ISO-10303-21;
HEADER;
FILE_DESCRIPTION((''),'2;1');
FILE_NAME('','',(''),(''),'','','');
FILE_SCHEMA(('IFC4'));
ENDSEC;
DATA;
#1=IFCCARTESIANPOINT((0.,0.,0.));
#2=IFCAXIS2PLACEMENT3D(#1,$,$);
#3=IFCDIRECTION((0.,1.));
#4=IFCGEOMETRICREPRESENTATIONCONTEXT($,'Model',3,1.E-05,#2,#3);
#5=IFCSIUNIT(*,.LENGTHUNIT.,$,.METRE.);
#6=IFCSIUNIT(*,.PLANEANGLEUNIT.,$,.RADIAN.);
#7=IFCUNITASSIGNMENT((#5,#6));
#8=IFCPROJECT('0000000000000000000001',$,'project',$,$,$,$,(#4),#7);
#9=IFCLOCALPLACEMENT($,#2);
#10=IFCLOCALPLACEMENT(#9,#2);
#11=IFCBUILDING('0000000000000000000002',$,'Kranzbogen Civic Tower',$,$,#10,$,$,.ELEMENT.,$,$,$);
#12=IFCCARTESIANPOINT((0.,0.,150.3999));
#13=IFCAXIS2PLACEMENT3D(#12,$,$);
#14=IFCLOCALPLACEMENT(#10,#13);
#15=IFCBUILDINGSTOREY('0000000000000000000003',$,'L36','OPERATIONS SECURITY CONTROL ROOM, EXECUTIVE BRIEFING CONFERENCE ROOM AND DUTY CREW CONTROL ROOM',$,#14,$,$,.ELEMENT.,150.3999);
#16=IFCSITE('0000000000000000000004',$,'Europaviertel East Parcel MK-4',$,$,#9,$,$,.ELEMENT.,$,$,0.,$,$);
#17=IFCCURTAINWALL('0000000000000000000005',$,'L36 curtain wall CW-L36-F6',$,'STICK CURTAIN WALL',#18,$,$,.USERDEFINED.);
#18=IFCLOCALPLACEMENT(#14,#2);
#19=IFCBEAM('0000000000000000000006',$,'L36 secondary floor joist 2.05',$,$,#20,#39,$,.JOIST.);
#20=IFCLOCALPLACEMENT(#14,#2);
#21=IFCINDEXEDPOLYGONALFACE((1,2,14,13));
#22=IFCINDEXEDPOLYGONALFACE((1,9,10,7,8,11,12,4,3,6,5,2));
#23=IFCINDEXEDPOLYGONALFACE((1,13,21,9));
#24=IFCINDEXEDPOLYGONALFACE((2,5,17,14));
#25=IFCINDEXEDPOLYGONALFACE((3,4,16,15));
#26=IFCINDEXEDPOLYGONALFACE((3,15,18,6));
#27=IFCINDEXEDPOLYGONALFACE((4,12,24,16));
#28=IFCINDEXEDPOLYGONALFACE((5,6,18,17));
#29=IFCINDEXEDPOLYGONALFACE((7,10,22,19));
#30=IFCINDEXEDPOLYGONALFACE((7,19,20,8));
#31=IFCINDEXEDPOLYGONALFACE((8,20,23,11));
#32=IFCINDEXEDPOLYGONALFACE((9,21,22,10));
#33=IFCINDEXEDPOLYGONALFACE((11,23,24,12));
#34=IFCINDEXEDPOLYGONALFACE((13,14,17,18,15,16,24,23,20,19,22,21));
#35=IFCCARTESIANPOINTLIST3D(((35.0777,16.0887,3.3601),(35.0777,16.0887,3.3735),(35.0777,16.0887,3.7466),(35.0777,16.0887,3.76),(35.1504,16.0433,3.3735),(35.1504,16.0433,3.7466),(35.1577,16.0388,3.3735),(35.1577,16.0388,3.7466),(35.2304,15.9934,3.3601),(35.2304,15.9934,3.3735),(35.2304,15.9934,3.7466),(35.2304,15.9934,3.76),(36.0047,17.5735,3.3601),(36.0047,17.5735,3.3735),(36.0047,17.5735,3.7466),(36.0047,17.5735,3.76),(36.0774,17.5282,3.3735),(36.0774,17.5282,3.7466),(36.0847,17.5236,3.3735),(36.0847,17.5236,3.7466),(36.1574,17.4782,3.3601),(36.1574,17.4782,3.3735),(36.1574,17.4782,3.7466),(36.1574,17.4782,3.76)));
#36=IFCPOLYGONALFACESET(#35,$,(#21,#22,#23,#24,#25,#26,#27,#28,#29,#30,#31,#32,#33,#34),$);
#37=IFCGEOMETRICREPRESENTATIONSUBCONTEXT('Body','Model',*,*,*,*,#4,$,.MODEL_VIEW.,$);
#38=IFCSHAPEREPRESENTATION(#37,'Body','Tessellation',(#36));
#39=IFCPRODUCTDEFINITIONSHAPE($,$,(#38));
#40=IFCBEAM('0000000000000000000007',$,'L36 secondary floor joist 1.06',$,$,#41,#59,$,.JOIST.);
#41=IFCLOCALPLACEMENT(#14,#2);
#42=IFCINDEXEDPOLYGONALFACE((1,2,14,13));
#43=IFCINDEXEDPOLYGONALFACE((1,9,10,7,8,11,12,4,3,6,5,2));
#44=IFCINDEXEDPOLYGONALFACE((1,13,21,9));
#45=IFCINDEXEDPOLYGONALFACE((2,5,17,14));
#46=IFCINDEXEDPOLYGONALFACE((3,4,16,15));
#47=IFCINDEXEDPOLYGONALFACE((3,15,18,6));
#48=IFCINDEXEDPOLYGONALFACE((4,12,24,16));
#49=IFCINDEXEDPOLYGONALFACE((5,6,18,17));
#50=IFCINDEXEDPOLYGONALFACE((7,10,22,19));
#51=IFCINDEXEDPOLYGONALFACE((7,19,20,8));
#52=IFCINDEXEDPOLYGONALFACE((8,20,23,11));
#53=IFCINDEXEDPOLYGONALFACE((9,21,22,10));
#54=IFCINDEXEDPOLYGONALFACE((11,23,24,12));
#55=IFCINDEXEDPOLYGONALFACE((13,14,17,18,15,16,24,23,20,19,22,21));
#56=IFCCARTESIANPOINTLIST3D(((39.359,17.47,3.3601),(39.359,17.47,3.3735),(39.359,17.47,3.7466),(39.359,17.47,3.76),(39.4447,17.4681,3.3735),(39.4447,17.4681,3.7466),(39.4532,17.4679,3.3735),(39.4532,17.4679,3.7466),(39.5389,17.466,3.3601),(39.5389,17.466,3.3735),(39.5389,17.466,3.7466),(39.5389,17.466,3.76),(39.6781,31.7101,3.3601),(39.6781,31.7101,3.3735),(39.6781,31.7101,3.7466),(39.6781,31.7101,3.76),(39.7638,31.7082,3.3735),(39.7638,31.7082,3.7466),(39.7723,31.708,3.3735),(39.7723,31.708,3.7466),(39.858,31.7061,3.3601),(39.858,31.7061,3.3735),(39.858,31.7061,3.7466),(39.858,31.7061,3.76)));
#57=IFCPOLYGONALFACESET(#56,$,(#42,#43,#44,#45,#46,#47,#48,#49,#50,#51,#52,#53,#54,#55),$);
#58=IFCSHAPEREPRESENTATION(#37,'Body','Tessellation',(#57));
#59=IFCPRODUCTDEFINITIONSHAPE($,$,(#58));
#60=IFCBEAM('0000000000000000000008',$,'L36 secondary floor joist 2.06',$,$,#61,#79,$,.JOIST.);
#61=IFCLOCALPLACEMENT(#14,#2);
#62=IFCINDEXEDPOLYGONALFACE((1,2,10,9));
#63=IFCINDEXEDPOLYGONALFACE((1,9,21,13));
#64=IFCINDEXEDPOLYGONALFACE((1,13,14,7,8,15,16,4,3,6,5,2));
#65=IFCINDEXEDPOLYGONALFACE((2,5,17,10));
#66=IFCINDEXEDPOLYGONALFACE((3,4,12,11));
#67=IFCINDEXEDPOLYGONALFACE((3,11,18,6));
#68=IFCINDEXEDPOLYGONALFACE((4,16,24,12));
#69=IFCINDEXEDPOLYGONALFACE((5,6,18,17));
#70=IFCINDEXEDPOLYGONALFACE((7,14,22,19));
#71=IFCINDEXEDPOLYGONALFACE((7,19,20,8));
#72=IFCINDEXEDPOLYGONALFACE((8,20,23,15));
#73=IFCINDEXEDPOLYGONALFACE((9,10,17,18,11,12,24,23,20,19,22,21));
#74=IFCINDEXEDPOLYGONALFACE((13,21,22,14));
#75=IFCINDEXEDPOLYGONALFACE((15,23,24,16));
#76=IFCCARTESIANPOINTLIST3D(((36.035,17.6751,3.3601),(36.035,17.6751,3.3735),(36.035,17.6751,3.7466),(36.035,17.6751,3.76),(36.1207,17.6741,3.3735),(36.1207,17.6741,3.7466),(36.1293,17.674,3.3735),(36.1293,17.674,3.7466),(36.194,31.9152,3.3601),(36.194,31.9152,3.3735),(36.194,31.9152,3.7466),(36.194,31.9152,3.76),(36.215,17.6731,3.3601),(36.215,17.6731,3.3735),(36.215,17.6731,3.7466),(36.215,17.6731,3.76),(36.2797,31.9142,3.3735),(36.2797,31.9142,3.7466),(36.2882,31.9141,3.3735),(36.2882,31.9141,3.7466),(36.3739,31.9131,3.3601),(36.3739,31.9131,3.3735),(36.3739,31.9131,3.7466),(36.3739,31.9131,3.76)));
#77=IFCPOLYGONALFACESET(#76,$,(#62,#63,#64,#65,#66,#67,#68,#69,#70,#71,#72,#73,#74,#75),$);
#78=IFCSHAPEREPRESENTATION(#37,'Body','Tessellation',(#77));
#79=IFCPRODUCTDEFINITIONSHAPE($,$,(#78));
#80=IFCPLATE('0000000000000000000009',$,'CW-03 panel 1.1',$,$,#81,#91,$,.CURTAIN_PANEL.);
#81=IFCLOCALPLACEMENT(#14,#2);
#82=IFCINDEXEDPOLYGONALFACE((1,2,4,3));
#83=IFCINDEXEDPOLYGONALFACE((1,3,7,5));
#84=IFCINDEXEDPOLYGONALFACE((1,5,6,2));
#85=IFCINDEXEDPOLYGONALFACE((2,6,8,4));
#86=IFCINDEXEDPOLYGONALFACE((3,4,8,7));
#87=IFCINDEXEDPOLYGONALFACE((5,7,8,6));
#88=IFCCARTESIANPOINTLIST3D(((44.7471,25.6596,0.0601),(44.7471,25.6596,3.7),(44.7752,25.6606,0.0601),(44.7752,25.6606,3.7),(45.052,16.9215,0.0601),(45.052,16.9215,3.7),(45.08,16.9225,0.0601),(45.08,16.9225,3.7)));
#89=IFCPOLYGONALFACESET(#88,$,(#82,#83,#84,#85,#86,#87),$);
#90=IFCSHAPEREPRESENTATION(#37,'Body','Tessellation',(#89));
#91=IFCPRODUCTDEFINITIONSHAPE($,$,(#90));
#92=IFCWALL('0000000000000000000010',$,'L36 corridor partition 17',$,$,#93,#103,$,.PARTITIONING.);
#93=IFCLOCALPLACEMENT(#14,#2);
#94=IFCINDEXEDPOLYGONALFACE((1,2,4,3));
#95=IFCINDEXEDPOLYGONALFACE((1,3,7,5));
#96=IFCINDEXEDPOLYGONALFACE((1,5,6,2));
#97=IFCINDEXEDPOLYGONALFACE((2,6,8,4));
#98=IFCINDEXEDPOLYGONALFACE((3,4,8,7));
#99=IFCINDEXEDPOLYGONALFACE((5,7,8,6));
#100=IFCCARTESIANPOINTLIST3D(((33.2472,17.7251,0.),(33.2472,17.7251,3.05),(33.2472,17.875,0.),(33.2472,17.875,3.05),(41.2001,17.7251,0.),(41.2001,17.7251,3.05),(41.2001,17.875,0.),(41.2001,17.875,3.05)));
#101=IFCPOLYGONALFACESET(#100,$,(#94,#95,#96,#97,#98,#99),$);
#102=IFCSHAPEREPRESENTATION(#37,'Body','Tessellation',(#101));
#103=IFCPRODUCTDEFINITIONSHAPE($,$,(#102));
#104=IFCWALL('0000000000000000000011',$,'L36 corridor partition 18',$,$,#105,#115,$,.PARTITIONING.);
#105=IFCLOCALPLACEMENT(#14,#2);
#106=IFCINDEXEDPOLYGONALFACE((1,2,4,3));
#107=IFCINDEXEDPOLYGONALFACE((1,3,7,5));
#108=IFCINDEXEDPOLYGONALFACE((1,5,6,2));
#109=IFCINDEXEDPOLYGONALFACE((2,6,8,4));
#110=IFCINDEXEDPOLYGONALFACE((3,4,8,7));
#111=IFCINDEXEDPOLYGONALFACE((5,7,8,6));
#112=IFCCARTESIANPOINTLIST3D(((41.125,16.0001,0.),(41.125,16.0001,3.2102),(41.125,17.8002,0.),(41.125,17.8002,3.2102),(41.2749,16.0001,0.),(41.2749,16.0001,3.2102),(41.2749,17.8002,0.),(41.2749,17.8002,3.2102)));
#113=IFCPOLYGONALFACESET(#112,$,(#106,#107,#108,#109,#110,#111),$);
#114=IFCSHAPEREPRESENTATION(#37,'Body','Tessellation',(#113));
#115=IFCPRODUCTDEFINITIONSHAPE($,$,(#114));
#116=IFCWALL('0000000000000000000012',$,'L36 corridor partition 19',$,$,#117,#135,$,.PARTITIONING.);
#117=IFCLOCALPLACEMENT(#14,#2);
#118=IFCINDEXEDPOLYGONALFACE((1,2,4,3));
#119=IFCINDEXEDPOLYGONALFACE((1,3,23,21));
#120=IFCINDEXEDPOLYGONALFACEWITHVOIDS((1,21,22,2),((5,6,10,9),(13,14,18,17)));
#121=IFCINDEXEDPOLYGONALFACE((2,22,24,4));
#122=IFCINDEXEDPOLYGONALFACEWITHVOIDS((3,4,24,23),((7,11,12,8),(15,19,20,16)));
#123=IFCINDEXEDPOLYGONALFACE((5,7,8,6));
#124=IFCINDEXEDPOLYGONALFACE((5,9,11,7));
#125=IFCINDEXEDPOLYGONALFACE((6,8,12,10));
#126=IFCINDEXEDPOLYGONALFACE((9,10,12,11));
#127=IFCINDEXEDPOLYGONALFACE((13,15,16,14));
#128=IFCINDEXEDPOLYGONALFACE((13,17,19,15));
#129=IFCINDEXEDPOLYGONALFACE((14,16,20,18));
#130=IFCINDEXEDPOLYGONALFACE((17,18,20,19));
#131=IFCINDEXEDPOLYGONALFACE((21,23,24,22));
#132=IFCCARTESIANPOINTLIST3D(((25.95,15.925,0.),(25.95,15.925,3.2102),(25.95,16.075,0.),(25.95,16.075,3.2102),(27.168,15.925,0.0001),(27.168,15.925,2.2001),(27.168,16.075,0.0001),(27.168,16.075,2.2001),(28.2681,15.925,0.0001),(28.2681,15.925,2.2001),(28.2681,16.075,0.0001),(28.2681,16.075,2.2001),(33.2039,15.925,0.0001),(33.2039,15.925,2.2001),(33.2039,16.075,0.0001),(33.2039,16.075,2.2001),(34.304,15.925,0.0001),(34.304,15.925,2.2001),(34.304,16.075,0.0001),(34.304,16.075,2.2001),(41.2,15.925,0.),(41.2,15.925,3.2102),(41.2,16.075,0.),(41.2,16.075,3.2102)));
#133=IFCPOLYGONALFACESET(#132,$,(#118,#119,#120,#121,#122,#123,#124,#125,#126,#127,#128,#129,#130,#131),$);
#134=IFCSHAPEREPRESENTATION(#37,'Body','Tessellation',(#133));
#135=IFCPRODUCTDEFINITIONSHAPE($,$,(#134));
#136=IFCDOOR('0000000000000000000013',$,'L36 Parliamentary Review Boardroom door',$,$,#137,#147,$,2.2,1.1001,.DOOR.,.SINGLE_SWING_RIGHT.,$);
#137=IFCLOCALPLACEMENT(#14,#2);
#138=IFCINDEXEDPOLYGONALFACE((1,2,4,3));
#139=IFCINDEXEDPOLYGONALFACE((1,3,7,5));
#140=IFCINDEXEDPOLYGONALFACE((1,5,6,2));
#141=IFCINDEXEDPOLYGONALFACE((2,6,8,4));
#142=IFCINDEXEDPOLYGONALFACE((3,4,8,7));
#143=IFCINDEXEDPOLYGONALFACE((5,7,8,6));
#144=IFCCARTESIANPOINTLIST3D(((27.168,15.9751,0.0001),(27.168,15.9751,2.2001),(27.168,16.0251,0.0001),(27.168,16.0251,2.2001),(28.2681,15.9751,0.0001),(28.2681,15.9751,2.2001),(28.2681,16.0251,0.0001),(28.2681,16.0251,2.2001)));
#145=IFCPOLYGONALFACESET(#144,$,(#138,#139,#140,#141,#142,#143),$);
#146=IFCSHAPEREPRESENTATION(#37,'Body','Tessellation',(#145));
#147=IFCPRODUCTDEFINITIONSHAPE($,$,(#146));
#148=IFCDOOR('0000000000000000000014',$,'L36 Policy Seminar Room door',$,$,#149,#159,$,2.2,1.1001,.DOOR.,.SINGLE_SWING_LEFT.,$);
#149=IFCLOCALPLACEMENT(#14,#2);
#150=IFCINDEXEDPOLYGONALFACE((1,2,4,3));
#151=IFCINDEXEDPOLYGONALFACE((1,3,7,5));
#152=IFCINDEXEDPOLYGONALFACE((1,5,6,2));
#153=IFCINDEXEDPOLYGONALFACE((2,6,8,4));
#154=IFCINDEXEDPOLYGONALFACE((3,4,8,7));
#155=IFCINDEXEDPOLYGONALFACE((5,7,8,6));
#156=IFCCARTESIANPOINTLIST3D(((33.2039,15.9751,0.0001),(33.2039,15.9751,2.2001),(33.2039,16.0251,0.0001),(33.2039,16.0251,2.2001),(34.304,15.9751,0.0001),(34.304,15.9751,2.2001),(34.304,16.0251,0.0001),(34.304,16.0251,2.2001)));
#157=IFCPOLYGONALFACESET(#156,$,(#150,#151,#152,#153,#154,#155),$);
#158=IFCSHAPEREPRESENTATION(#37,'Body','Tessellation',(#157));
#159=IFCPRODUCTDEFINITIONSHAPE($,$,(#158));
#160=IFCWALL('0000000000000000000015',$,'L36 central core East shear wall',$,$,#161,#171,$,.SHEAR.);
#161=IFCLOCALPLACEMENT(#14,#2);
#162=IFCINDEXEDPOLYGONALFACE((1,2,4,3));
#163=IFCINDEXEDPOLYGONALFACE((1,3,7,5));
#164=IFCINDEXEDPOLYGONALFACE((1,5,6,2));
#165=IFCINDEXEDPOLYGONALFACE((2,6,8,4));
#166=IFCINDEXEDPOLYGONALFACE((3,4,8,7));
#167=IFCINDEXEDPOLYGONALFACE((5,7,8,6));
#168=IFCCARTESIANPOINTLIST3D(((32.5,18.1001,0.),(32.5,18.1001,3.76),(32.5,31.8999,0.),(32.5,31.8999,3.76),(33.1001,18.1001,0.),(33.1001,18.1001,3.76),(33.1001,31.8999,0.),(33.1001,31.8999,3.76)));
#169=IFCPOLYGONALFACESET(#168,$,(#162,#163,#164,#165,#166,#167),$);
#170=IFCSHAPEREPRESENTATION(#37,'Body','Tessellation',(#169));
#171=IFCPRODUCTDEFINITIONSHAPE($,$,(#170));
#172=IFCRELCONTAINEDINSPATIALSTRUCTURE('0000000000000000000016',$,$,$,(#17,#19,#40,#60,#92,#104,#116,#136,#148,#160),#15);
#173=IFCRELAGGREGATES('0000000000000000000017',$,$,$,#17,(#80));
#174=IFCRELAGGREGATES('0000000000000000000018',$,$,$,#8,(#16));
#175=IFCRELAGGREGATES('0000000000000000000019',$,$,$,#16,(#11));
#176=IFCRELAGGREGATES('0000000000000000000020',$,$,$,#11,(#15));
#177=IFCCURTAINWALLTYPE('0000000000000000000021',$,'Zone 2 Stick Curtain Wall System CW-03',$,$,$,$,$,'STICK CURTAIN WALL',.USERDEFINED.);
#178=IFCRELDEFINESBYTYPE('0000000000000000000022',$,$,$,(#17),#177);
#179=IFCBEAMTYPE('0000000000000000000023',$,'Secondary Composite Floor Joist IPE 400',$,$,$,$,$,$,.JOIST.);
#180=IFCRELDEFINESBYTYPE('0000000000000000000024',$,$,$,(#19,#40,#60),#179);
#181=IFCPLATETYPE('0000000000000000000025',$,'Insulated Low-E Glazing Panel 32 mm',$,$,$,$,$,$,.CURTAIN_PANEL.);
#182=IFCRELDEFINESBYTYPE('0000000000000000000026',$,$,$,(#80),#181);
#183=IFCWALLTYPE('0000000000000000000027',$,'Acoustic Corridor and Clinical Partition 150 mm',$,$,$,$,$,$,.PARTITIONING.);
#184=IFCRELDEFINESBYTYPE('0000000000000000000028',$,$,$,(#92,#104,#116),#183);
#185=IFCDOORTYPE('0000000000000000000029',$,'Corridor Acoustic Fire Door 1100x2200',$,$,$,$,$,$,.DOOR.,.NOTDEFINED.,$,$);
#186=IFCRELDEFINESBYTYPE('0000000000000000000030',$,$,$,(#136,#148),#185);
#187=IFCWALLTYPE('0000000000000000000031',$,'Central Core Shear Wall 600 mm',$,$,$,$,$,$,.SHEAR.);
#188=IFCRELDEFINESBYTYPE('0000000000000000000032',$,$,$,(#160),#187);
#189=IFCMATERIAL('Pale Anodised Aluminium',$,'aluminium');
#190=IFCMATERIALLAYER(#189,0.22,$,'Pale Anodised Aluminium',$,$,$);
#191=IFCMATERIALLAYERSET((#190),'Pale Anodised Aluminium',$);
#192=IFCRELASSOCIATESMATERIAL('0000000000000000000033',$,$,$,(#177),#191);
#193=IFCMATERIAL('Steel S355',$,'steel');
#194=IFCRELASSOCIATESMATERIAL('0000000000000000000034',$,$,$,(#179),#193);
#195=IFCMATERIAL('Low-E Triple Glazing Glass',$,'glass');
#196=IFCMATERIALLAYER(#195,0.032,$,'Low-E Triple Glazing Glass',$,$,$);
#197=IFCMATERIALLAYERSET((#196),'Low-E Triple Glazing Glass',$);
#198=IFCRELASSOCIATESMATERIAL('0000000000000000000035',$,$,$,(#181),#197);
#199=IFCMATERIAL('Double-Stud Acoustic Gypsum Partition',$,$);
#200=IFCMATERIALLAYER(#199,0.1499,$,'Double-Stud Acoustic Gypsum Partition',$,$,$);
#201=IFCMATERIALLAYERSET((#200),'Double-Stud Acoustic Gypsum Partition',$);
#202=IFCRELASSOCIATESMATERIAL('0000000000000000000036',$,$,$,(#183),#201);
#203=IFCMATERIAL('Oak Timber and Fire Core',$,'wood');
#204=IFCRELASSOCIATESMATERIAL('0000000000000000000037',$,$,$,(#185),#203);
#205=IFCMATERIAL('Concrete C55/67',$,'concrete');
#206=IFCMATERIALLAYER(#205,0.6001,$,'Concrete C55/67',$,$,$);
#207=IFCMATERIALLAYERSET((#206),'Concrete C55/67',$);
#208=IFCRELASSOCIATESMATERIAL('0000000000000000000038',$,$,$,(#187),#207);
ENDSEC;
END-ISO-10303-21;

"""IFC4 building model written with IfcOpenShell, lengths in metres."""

from ifc_helpers import new_model, si_unit, direction, frame, frame_2d, origin, origin_2d, place, context, subcontext, project, spatial, rectangle, i_section, extrude, material, layer, layer_set, material_profile, profile_set, type_object, element, fill, aggregate, save


model = new_model("IFC4")

# Units and contexts
model_context = context("Model", 3, precision=1e-05, world=origin(), true_north=direction((0.0, 1.0)))
body_context = subcontext(model_context, "Body", "Model", "MODEL_VIEW")
ifc_project = project(units=[si_unit("LENGTHUNIT", "METRE"), si_unit("PLANEANGLEUNIT", "RADIAN")], contexts=[model_context])

# Site, building, storey
site_placement = place(None, origin())
site = spatial("IfcSite", under=ifc_project, at=site_placement, Name="Europaviertel East Parcel MK-4", CompositionType="ELEMENT", RefElevation=0.0)
building_placement = place(site_placement, origin())
building = spatial("IfcBuilding", under=site, at=building_placement, Name="Kranzbogen Civic Tower", CompositionType="ELEMENT")
storey_placement = place(building_placement, frame((0.0, 0.0, 150.3999)))
storey = spatial("IfcBuildingStorey", under=building, at=storey_placement, Name="L36", Description="OPERATIONS SECURITY CONTROL ROOM, EXECUTIVE BRIEFING CONFERENCE ROOM AND DUTY CREW CONTROL ROOM", CompositionType="ELEMENT", Elevation=150.3999)

# Shared definitions
ifc_material_1 = material(Name="Steel S355", Category="steel")

# Curtain wall
ifc_material_2 = material(Name="Pale Anodised Aluminium", Category="aluminium")
ifc_layer_1 = layer(ifc_material_2, 0.22, Name="Pale Anodised Aluminium")
ifc_layer_set_1 = layer_set([ifc_layer_1], Name="Pale Anodised Aluminium")
curtain_wall_type = type_object("IfcCurtainWallType", Name="Zone 2 Stick Curtain Wall System CW-03", ElementType="STICK CURTAIN WALL", PredefinedType="USERDEFINED", material=ifc_layer_set_1)
curtain_wall_placement = place(storey_placement, origin())
curtain_wall = element("IfcCurtainWall", 1, at=curtain_wall_placement, inside=storey, type_object=curtain_wall_type, Name="L36 curtain wall CW-L36-F6", ObjectType="STICK CURTAIN WALL", PredefinedType="USERDEFINED")

# Beams
ifc_material_profile_1 = material_profile(ifc_material_1, i_section(OverallWidth=0.1799, OverallDepth=0.3999, WebThickness=0.0085, FlangeThickness=0.0134, at=origin_2d()), Name="IPE 400")
ifc_profile_set_1 = profile_set([ifc_material_profile_1], Name="Steel S355")
beam_type_1 = type_object("IfcBeamType", Name="Secondary Composite Floor Joist IPE 400", PredefinedType="JOIST", material=ifc_profile_set_1)
beam_1_placement = place(storey_placement, frame((35.1541, 16.041, 3.5601), z_axis=(0.529573, 0.848265, 0.0), x_axis=(-0.848265, 0.529573, 0.0)))
element("IfcBeam", 2, at=beam_1_placement, inside=storey, type_object=beam_type_1, Name="L36 secondary floor joist 2.05", PredefinedType="JOIST", context=body_context, shape_type="SweptSolid", body=[
    extrude(i_section(OverallWidth=0.1799, OverallDepth=0.3999, WebThickness=0.0085, FlangeThickness=0.0134, at=origin_2d()), origin(), (0.0, 0.0, 1.0), 1.7505),
])
beam_2_placement = place(storey_placement, frame((39.449, 17.468, 3.5601), z_axis=(0.022403, 0.999749, 0.0), x_axis=(-0.999749, 0.022403, 0.0)))
element("IfcBeam", 3, at=beam_2_placement, inside=storey, type_object=beam_type_1, Name="L36 secondary floor joist 1.06", PredefinedType="JOIST", context=body_context, shape_type="SweptSolid", body=[
    extrude(i_section(OverallWidth=0.1799, OverallDepth=0.3999, WebThickness=0.0085, FlangeThickness=0.0134, at=origin_2d()), origin(), (0.0, 0.0, 1.0), 14.2437),
])
beam_3_placement = place(storey_placement, frame((36.125, 17.6741, 3.5601), z_axis=(0.011161, 0.999938, 0.0), x_axis=(-0.999938, 0.011161, 0.0)))
element("IfcBeam", 4, at=beam_3_placement, inside=storey, type_object=beam_type_1, Name="L36 secondary floor joist 2.06", PredefinedType="JOIST", context=body_context, shape_type="SweptSolid", body=[
    extrude(i_section(OverallWidth=0.1799, OverallDepth=0.3999, WebThickness=0.0085, FlangeThickness=0.0134, at=origin_2d()), origin(), (0.0, 0.0, 1.0), 14.241),
])

# Plate
ifc_material_3 = material(Name="Low-E Triple Glazing Glass", Category="glass")
ifc_layer_2 = layer(ifc_material_3, 0.032, Name="Low-E Triple Glazing Glass")
ifc_layer_set_2 = layer_set([ifc_layer_2], Name="Low-E Triple Glazing Glass")
plate_type = type_object("IfcPlateType", Name="Insulated Low-E Glazing Panel 32 mm", PredefinedType="CURTAIN_PANEL", material=ifc_layer_set_2)
plate_placement = place(storey_placement, frame((44.9136, 21.291, 0.0601), z_axis=(0.0, 0.0, 1.0), x_axis=(-0.034868, 0.999392, 0.0)))
plate = element("IfcPlate", 5, at=plate_placement, type_object=plate_type, Name="CW-03 panel 1.1", PredefinedType="CURTAIN_PANEL", context=body_context, shape_type="SweptSolid", body=[
    extrude(rectangle(XDim=8.7434, YDim=0.0281, at=origin_2d()), origin(), (0.0, 0.0, 1.0), 3.6399),
])
aggregate(curtain_wall, [plate])

# Walls
ifc_material_4 = material(Name="Double-Stud Acoustic Gypsum Partition")
ifc_layer_3 = layer(ifc_material_4, 0.1499, Name="Double-Stud Acoustic Gypsum Partition")
ifc_layer_set_3 = layer_set([ifc_layer_3], Name="Double-Stud Acoustic Gypsum Partition")
wall_type_1 = type_object("IfcWallType", Name="Acoustic Corridor and Clinical Partition 150 mm", PredefinedType="PARTITIONING", material=ifc_layer_set_3)
wall_1_placement = place(storey_placement, frame((33.2471, 17.8, 0.0), z_axis=(0.0, 0.0, 1.0), x_axis=(1.0, 0.0, 0.0)))
element("IfcWall", 6, at=wall_1_placement, inside=storey, type_object=wall_type_1, Name="L36 corridor partition 17", PredefinedType="PARTITIONING", context=body_context, shape_type="SweptSolid", body=[
    extrude(rectangle(XDim=7.9529, YDim=0.1499, at=frame_2d((3.9766, 0.0))), origin(), (0.0, 0.0, 1.0), 3.05),
])
wall_2_placement = place(storey_placement, frame((41.2, 17.8, 0.0), z_axis=(0.0, 0.0, 1.0), x_axis=(0.0, -1.0, 0.0)))
element("IfcWall", 7, at=wall_2_placement, inside=storey, type_object=wall_type_1, Name="L36 corridor partition 18", PredefinedType="PARTITIONING", context=body_context, shape_type="SweptSolid", body=[
    extrude(rectangle(XDim=1.8, YDim=0.1499, at=frame_2d((0.8999, 0.0))), origin(), (0.0, 0.0, 1.0), 3.2102),
])

# Wall, openings, doors
wall_3_placement = place(storey_placement, frame((41.2, 16.0, 0.0), z_axis=(0.0, 0.0, 1.0), x_axis=(-1.0, 0.0, 0.0)))
wall_3 = element("IfcWall", 8, at=wall_3_placement, inside=storey, type_object=wall_type_1, Name="L36 corridor partition 19", PredefinedType="PARTITIONING", context=body_context, shape_type="SweptSolid", body=[
    extrude(rectangle(XDim=15.25, YDim=0.1499, at=frame_2d((7.625, 0.0))), origin(), (0.0, 0.0, 1.0), 3.2102),
])
opening_1_placement = place(wall_3_placement, frame((12.9319, 0.0, 0.0)))
opening_1 = element("IfcOpeningElement", 9, at=opening_1_placement, cuts=wall_3, PredefinedType="OPENING", context=body_context, shape_type="SweptSolid", body=[
    extrude(rectangle(XDim=1.1001, YDim=2.2, at=frame_2d((0.55, 1.1001))), frame((0.0, 0.085, 0.0), z_axis=(0.0, -1.0, 0.0), x_axis=(1.0, 0.0, 0.0)), (0.0, 0.0, 1.0), 0.1699),
])
opening_2_placement = place(wall_3_placement, frame((6.896, 0.0, 0.0)))
opening_2 = element("IfcOpeningElement", 10, at=opening_2_placement, cuts=wall_3, PredefinedType="OPENING", context=body_context, shape_type="SweptSolid", body=[
    extrude(rectangle(XDim=1.1001, YDim=2.2, at=frame_2d((0.55, 1.1001))), frame((0.0, 0.085, 0.0), z_axis=(0.0, -1.0, 0.0), x_axis=(1.0, 0.0, 0.0)), (0.0, 0.0, 1.0), 0.1699),
])
ifc_material_5 = material(Name="Oak Timber and Fire Core", Category="wood")
door_type = type_object("IfcDoorType", Name="Corridor Acoustic Fire Door 1100x2200", OperationType="NOTDEFINED", PredefinedType="DOOR", material=ifc_material_5)
door_1_placement = place(opening_1_placement, origin())
door_1 = element("IfcDoor", 11, at=door_1_placement, inside=storey, type_object=door_type, Name="L36 Parliamentary Review Boardroom door", OperationType="SINGLE_SWING_RIGHT", OverallHeight=2.2, OverallWidth=1.1001, PredefinedType="DOOR", context=body_context, shape_type="SweptSolid", body=[
    extrude(rectangle(XDim=1.1001, YDim=2.2, at=frame_2d((0.55, 1.1001))), frame((0.0, 0.0249, 0.0), z_axis=(0.0, -1.0, 0.0), x_axis=(1.0, 0.0, 0.0)), (0.0, 0.0, 1.0), 0.05),
])
fill(opening_1, door_1)
door_2_placement = place(opening_2_placement, origin())
door_2 = element("IfcDoor", 12, at=door_2_placement, inside=storey, type_object=door_type, Name="L36 Policy Seminar Room door", OperationType="SINGLE_SWING_LEFT", OverallHeight=2.2, OverallWidth=1.1001, PredefinedType="DOOR", context=body_context, shape_type="SweptSolid", body=[
    extrude(rectangle(XDim=1.1001, YDim=2.2, at=frame_2d((0.55, 1.1001))), frame((0.0, 0.0249, 0.0), z_axis=(0.0, -1.0, 0.0), x_axis=(1.0, 0.0, 0.0)), (0.0, 0.0, 1.0), 0.05),
])
fill(opening_2, door_2)

# Wall
ifc_material_6 = material(Name="Concrete C55/67", Category="concrete")
ifc_layer_4 = layer(ifc_material_6, 0.6001, Name="Concrete C55/67")
ifc_layer_set_4 = layer_set([ifc_layer_4], Name="Concrete C55/67")
wall_type_2 = type_object("IfcWallType", Name="Central Core Shear Wall 600 mm", PredefinedType="SHEAR", material=ifc_layer_set_4)
wall_4_placement = place(storey_placement, frame((32.8, 18.1001, 0.0), z_axis=(0.0, 0.0, 1.0), x_axis=(0.0, 1.0, 0.0)))
element("IfcWall", 13, at=wall_4_placement, inside=storey, type_object=wall_type_2, Name="L36 central core East shear wall", PredefinedType="SHEAR", context=body_context, shape_type="SweptSolid", body=[
    extrude(rectangle(XDim=13.7998, YDim=0.6001, at=frame_2d((6.8999, 0.0))), origin(), (0.0, 0.0, 1.0), 3.76),
])

save(model, "model.ifc")
